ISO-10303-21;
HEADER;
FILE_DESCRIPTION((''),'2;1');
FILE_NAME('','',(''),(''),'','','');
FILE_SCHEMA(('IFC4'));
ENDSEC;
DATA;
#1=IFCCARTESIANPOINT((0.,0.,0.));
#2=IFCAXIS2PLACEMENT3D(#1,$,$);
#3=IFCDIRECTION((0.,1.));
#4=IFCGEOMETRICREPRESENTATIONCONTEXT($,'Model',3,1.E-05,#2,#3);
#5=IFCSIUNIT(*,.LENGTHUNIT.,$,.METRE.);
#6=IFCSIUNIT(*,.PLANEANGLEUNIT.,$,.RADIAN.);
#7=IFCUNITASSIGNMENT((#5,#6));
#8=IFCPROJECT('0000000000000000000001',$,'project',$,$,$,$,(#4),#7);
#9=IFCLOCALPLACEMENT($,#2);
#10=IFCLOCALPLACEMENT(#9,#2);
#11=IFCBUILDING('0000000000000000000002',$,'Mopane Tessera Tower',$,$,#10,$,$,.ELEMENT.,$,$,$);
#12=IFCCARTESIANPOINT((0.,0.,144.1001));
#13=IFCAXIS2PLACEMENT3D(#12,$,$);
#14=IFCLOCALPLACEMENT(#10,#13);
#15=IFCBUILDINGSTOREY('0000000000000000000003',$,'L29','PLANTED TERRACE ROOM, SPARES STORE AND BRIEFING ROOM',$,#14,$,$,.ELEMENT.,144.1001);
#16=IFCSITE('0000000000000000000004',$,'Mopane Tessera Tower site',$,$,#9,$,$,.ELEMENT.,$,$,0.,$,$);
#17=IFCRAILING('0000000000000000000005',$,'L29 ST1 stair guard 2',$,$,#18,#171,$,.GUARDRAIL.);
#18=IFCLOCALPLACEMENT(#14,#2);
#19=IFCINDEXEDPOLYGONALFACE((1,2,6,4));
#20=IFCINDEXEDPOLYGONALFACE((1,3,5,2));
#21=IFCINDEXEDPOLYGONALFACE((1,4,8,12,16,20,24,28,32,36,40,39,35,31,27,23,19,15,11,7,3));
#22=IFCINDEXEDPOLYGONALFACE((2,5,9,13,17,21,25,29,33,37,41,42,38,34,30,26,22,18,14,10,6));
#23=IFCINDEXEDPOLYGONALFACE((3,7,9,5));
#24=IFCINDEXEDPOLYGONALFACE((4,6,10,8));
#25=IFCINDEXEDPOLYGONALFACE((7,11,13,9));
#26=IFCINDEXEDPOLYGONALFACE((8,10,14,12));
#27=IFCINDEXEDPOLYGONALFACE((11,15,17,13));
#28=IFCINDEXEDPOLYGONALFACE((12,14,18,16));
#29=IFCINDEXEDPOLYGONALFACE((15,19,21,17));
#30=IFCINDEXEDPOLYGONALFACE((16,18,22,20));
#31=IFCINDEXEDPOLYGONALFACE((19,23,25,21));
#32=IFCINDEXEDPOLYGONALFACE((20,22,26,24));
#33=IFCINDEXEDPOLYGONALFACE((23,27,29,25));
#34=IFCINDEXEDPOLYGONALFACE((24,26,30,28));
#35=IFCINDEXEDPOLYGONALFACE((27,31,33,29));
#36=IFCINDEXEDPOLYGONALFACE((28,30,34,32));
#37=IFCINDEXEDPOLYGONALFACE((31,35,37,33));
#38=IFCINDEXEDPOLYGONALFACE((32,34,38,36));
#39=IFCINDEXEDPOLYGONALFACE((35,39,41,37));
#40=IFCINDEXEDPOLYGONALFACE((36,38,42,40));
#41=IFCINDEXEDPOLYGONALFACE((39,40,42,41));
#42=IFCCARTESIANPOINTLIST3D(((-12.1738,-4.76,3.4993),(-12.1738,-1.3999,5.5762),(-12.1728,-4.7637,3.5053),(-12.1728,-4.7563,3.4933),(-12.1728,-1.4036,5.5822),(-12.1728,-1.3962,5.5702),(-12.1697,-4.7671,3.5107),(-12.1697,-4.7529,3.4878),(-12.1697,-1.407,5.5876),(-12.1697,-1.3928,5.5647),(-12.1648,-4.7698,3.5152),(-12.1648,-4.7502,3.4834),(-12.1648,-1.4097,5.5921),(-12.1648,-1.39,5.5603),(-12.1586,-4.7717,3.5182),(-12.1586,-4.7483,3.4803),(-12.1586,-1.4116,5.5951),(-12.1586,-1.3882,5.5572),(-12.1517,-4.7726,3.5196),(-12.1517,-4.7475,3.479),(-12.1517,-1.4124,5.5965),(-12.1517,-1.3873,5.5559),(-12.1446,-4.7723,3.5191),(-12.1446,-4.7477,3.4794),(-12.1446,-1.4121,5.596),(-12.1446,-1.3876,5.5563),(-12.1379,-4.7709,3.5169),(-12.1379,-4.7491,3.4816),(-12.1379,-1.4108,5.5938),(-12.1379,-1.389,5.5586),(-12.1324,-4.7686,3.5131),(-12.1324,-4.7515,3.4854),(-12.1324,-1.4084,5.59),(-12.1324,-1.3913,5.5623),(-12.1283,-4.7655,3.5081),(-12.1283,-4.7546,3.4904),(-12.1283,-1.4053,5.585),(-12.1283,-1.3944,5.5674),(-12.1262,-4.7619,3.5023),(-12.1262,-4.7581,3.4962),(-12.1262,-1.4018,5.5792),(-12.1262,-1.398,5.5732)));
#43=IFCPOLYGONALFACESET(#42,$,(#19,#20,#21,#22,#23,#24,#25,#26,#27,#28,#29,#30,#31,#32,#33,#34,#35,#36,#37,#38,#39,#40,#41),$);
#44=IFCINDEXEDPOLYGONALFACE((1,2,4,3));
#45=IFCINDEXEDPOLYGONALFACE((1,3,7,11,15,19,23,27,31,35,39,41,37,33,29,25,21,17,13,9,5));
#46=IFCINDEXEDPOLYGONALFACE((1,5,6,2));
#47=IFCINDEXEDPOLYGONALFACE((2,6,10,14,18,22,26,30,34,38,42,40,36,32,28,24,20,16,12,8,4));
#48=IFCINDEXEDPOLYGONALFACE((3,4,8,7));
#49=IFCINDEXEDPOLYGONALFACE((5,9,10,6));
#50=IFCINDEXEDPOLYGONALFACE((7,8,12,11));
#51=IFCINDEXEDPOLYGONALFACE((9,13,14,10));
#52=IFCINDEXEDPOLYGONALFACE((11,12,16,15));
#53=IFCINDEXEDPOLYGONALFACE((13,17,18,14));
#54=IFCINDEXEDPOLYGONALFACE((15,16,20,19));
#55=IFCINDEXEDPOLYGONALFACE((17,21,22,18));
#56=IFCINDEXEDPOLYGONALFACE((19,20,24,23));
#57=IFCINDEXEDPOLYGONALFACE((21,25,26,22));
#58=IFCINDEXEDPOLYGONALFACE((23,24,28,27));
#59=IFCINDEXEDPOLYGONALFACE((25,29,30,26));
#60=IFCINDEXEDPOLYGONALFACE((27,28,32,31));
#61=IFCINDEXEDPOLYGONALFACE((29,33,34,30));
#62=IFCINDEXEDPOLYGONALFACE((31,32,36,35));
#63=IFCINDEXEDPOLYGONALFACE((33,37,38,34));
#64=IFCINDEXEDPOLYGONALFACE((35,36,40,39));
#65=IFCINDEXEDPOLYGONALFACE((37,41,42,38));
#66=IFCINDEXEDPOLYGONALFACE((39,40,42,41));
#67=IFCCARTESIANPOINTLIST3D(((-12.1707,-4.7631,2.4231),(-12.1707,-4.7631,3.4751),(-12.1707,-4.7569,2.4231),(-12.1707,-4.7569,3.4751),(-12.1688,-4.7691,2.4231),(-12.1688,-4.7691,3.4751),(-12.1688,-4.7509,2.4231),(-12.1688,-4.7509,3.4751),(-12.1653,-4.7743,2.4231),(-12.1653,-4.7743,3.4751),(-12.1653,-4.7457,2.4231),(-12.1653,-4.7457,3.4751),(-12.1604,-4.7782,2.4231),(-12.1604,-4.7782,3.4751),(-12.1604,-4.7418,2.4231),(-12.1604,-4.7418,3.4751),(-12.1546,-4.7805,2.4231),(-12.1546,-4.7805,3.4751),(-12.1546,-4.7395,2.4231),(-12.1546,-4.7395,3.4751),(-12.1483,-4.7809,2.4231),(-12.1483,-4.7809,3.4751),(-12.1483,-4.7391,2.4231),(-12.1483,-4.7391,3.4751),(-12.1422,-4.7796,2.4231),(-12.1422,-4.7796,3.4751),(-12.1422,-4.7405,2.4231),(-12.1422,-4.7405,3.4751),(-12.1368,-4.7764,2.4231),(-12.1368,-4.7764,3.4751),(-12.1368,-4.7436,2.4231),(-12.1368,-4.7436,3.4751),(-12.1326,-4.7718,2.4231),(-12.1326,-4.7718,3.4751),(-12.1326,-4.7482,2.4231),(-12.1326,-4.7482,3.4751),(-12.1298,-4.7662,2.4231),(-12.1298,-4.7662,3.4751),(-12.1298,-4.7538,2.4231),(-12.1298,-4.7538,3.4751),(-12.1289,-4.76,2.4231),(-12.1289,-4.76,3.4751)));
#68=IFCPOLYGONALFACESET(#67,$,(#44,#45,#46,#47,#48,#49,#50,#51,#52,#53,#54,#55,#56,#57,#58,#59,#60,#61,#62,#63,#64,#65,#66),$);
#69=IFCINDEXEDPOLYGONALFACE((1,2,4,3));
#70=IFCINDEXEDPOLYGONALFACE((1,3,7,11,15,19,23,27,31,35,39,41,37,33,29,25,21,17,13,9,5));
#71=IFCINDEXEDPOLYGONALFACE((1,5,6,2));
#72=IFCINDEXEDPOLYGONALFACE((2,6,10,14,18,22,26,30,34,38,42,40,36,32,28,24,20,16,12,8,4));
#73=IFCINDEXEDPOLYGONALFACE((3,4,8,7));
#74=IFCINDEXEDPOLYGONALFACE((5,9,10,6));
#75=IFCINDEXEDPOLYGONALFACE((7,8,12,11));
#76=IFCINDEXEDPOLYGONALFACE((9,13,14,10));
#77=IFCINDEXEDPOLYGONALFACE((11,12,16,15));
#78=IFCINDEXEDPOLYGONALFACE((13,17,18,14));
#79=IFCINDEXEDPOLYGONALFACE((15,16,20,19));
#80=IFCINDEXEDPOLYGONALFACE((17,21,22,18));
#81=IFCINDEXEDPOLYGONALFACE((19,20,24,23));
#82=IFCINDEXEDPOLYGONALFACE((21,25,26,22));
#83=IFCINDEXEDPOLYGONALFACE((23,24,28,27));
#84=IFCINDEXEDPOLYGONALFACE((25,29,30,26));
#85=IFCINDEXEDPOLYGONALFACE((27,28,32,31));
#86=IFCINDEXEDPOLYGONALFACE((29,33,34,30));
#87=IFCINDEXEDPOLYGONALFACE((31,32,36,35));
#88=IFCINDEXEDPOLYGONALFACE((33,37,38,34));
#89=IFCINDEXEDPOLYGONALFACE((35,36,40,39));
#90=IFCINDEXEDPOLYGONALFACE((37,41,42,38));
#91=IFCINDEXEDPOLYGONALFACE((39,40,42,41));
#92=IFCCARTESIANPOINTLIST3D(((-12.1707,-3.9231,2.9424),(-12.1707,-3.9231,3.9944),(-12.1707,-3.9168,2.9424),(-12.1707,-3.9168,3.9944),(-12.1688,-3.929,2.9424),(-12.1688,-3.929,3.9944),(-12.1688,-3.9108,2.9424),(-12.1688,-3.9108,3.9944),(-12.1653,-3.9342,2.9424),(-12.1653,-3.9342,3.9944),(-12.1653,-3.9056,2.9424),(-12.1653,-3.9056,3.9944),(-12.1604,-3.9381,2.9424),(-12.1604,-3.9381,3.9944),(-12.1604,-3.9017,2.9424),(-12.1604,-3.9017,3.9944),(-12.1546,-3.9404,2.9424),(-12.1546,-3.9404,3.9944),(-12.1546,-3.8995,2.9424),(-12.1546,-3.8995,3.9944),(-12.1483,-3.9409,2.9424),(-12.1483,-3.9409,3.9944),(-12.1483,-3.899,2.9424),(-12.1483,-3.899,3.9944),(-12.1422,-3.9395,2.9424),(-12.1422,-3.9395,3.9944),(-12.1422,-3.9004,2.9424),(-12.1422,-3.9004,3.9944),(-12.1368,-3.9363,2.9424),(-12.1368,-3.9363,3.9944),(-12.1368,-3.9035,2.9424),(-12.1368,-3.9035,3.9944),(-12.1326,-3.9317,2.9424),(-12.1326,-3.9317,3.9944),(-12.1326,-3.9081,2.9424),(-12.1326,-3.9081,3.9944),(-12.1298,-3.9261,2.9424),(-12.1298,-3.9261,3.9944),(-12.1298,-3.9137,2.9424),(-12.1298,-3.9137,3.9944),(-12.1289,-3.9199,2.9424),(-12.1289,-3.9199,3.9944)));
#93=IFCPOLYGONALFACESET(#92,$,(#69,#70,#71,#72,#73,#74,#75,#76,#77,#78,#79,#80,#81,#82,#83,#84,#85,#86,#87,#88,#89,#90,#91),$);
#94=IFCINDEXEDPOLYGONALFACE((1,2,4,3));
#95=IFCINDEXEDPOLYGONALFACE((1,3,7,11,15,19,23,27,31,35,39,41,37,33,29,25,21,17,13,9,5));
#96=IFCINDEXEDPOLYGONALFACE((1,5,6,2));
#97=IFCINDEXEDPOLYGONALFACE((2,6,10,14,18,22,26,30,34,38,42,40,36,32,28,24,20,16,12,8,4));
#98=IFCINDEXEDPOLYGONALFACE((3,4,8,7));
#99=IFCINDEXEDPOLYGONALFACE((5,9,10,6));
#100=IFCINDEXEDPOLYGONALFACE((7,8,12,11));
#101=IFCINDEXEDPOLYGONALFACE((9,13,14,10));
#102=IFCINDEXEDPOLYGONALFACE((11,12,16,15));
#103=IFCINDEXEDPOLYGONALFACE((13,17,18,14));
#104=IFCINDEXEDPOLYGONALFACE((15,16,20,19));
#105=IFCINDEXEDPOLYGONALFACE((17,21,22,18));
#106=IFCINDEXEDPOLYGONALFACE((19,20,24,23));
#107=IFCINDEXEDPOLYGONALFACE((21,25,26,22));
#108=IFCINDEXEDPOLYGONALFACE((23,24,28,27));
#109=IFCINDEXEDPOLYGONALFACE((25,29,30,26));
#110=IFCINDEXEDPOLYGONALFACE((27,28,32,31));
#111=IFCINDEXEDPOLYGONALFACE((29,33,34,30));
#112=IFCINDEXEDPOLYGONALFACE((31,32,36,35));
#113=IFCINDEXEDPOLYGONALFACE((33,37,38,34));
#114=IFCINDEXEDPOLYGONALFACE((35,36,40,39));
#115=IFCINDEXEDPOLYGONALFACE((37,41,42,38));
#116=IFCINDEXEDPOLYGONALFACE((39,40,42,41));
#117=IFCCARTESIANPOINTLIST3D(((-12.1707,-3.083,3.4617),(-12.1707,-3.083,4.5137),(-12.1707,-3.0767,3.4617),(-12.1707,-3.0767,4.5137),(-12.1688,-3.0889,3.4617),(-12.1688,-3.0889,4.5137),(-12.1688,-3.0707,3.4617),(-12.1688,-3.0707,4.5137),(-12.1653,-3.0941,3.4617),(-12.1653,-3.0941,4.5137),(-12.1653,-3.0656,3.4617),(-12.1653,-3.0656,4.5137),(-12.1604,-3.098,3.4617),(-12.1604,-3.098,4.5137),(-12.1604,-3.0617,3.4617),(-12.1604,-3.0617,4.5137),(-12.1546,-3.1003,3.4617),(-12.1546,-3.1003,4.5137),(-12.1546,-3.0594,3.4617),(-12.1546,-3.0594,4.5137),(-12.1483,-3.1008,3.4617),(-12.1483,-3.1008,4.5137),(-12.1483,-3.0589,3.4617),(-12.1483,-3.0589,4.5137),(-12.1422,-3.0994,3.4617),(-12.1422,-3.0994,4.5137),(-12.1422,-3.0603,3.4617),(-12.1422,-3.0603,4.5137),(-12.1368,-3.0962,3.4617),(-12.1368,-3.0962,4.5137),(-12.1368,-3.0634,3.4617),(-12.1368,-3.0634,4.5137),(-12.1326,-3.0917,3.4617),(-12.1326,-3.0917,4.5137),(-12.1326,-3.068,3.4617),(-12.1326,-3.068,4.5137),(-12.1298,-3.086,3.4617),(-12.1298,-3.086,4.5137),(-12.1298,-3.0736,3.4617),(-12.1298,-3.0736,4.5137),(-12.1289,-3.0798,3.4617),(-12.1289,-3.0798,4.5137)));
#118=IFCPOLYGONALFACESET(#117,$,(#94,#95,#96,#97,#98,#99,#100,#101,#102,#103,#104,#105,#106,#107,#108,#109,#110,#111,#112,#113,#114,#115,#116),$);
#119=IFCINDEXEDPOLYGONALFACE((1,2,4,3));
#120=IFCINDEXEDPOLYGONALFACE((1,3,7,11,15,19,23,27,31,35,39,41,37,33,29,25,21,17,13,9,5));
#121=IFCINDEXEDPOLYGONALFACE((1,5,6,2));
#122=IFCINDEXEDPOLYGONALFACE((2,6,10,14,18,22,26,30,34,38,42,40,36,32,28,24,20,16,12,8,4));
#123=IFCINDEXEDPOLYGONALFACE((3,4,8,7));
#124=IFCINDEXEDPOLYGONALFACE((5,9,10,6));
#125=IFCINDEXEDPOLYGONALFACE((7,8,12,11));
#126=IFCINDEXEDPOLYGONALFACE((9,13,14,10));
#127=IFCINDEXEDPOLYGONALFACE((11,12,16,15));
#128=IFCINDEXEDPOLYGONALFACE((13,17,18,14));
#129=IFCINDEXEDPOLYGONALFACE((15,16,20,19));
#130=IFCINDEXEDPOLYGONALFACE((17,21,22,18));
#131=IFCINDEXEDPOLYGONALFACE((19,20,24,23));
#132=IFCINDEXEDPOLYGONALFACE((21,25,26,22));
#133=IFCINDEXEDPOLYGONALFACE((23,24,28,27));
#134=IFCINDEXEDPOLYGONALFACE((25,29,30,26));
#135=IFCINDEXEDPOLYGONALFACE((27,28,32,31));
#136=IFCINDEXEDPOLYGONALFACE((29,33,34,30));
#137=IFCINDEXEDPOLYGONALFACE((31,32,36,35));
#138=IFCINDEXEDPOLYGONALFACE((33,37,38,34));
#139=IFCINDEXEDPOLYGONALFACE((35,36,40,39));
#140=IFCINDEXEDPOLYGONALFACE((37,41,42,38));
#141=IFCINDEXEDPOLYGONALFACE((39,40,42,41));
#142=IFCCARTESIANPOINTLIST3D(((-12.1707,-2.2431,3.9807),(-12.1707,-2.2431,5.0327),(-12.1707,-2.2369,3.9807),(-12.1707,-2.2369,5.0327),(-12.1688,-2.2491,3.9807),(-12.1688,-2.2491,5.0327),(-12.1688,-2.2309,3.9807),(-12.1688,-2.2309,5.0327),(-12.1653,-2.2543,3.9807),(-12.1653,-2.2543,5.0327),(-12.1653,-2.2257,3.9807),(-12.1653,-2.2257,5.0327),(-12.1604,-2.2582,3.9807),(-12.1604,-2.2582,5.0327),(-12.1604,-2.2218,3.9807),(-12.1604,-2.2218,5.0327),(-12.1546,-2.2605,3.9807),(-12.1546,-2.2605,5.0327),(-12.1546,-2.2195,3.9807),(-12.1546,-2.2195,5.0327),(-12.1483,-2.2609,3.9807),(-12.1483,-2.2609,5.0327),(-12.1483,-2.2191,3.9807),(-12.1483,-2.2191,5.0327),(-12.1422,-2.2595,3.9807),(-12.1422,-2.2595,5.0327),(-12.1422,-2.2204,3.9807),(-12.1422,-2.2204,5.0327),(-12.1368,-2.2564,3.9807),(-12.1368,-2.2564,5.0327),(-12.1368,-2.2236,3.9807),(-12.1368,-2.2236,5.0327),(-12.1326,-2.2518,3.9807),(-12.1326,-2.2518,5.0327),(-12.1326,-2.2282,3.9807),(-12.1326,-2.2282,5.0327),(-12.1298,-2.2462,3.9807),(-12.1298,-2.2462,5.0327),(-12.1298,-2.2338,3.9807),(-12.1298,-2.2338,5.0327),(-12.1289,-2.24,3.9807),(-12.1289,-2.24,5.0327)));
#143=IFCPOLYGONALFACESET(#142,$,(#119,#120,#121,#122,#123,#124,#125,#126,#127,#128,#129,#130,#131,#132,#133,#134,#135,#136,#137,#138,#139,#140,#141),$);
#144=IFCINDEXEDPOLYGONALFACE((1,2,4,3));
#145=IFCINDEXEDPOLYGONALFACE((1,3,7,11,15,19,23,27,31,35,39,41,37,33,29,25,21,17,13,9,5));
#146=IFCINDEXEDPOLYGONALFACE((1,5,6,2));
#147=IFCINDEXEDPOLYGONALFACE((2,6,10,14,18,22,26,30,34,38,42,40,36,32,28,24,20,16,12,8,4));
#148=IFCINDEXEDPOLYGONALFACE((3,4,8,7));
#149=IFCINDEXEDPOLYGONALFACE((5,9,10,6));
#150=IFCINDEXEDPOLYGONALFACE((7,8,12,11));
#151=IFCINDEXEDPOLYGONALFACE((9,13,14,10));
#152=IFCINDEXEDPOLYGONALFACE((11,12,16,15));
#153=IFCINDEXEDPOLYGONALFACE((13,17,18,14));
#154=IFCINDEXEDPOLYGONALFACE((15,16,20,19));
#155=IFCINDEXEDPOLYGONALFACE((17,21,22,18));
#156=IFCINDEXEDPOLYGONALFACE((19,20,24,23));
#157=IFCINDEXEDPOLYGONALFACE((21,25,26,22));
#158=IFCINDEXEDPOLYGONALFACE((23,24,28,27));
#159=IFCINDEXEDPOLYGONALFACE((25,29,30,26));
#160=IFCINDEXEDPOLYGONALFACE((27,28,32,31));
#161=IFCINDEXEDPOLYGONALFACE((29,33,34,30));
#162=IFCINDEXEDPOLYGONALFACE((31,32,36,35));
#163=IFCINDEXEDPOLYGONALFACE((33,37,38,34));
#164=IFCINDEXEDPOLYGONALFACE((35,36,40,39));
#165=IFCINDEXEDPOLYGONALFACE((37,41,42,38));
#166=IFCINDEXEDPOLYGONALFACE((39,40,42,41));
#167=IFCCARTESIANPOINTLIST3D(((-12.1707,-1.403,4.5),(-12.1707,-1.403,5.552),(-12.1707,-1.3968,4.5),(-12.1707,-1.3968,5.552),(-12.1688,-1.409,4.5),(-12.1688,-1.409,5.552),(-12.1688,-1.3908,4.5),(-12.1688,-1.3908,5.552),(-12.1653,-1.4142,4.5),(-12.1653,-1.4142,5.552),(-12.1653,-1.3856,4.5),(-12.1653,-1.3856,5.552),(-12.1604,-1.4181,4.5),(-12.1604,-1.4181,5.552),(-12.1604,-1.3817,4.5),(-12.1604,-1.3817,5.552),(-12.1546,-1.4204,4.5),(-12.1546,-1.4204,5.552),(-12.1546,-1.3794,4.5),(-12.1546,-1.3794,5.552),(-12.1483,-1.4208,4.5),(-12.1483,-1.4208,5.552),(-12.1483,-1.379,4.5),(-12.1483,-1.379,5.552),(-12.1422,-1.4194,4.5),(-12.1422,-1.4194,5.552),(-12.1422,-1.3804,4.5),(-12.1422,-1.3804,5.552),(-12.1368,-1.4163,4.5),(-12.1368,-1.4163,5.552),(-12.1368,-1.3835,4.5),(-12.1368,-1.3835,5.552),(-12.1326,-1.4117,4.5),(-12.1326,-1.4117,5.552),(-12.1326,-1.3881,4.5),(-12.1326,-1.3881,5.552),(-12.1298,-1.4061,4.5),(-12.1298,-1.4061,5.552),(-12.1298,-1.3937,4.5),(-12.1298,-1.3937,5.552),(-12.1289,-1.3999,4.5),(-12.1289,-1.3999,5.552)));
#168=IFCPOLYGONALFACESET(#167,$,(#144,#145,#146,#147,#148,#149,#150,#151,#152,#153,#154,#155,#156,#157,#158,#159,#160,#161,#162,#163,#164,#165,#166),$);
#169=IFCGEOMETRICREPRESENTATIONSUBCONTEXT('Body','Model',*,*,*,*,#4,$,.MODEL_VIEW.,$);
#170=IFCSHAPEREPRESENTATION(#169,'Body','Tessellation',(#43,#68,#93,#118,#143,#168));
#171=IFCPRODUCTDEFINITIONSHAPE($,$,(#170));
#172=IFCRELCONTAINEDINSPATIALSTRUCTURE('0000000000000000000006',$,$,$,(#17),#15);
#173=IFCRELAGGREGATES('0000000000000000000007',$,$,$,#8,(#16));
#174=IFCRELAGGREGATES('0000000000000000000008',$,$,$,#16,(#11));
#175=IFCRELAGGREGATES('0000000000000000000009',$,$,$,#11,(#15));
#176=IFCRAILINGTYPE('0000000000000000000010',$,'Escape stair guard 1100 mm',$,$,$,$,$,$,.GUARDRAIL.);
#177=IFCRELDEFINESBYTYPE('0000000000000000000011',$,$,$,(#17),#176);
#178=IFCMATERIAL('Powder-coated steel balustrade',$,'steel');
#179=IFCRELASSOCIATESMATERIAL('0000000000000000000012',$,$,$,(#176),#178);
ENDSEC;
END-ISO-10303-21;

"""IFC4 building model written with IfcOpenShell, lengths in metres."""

from ifc_helpers import new_model, si_unit, direction, frame, origin, origin_2d, place, context, subcontext, project, spatial, circle, extrude, material, type_object, element, save


model = new_model("IFC4")

# Units and contexts
model_context = context("Model", 3, precision=1e-05, world=origin(), true_north=direction((0.0, 1.0)))
body_context = subcontext(model_context, "Body", "Model", "MODEL_VIEW")
ifc_project = project(units=[si_unit("LENGTHUNIT", "METRE"), si_unit("PLANEANGLEUNIT", "RADIAN")], contexts=[model_context])

# Site, building, storey
site_placement = place(None, origin())
site = spatial("IfcSite", under=ifc_project, at=site_placement, Name="Mopane Tessera Tower site", CompositionType="ELEMENT", RefElevation=0.0)
building_placement = place(site_placement, origin())
building = spatial("IfcBuilding", under=site, at=building_placement, Name="Mopane Tessera Tower", CompositionType="ELEMENT")
storey_placement = place(building_placement, frame((0.0, 0.0, 144.1001)))
storey = spatial("IfcBuildingStorey", under=building, at=storey_placement, Name="L29", Description="PLANTED TERRACE ROOM, SPARES STORE AND BRIEFING ROOM", CompositionType="ELEMENT", Elevation=144.1001)

# Railing
ifc_material_1 = material(Name="Powder-coated steel balustrade", Category="steel")
railing_type_1 = type_object("IfcRailingType", Name="Escape stair guard 1100 mm", PredefinedType="GUARDRAIL", material=ifc_material_1)
railing_1_placement = place(storey_placement, frame((-12.1499, -4.76, 2.4231)))
element("IfcRailing", 1, at=railing_1_placement, inside=storey, type_object=railing_type_1, Name="L29 ST1 stair guard 2", PredefinedType="GUARDRAIL", context=body_context, shape_type="SweptSolid", body=[
    extrude(circle(Radius=0.0239, at=origin_2d()), frame((0.0, 0.0, 1.0762), z_axis=(0.0, 0.850623, 0.525776), x_axis=(-1.0, 0.0, 0.0)), (0.0, 0.0, 1.0), 3.9502),
    extrude(circle(Radius=0.021, at=origin_2d()), origin(), (0.0, 0.0, 1.0), 1.052),
    extrude(circle(Radius=0.021, at=origin_2d()), frame((0.0, 0.8401, 0.5193)), (0.0, 0.0, 1.0), 1.052),
    extrude(circle(Radius=0.021, at=origin_2d()), frame((0.0, 1.6802, 1.0386)), (0.0, 0.0, 1.0), 1.052),
    extrude(circle(Radius=0.021, at=origin_2d()), frame((0.0, 2.52, 1.5576)), (0.0, 0.0, 1.0), 1.052),
    extrude(circle(Radius=0.021, at=origin_2d()), frame((0.0, 3.3601, 2.0769)), (0.0, 0.0, 1.0), 1.052),
])

save(model, "model.ifc")
